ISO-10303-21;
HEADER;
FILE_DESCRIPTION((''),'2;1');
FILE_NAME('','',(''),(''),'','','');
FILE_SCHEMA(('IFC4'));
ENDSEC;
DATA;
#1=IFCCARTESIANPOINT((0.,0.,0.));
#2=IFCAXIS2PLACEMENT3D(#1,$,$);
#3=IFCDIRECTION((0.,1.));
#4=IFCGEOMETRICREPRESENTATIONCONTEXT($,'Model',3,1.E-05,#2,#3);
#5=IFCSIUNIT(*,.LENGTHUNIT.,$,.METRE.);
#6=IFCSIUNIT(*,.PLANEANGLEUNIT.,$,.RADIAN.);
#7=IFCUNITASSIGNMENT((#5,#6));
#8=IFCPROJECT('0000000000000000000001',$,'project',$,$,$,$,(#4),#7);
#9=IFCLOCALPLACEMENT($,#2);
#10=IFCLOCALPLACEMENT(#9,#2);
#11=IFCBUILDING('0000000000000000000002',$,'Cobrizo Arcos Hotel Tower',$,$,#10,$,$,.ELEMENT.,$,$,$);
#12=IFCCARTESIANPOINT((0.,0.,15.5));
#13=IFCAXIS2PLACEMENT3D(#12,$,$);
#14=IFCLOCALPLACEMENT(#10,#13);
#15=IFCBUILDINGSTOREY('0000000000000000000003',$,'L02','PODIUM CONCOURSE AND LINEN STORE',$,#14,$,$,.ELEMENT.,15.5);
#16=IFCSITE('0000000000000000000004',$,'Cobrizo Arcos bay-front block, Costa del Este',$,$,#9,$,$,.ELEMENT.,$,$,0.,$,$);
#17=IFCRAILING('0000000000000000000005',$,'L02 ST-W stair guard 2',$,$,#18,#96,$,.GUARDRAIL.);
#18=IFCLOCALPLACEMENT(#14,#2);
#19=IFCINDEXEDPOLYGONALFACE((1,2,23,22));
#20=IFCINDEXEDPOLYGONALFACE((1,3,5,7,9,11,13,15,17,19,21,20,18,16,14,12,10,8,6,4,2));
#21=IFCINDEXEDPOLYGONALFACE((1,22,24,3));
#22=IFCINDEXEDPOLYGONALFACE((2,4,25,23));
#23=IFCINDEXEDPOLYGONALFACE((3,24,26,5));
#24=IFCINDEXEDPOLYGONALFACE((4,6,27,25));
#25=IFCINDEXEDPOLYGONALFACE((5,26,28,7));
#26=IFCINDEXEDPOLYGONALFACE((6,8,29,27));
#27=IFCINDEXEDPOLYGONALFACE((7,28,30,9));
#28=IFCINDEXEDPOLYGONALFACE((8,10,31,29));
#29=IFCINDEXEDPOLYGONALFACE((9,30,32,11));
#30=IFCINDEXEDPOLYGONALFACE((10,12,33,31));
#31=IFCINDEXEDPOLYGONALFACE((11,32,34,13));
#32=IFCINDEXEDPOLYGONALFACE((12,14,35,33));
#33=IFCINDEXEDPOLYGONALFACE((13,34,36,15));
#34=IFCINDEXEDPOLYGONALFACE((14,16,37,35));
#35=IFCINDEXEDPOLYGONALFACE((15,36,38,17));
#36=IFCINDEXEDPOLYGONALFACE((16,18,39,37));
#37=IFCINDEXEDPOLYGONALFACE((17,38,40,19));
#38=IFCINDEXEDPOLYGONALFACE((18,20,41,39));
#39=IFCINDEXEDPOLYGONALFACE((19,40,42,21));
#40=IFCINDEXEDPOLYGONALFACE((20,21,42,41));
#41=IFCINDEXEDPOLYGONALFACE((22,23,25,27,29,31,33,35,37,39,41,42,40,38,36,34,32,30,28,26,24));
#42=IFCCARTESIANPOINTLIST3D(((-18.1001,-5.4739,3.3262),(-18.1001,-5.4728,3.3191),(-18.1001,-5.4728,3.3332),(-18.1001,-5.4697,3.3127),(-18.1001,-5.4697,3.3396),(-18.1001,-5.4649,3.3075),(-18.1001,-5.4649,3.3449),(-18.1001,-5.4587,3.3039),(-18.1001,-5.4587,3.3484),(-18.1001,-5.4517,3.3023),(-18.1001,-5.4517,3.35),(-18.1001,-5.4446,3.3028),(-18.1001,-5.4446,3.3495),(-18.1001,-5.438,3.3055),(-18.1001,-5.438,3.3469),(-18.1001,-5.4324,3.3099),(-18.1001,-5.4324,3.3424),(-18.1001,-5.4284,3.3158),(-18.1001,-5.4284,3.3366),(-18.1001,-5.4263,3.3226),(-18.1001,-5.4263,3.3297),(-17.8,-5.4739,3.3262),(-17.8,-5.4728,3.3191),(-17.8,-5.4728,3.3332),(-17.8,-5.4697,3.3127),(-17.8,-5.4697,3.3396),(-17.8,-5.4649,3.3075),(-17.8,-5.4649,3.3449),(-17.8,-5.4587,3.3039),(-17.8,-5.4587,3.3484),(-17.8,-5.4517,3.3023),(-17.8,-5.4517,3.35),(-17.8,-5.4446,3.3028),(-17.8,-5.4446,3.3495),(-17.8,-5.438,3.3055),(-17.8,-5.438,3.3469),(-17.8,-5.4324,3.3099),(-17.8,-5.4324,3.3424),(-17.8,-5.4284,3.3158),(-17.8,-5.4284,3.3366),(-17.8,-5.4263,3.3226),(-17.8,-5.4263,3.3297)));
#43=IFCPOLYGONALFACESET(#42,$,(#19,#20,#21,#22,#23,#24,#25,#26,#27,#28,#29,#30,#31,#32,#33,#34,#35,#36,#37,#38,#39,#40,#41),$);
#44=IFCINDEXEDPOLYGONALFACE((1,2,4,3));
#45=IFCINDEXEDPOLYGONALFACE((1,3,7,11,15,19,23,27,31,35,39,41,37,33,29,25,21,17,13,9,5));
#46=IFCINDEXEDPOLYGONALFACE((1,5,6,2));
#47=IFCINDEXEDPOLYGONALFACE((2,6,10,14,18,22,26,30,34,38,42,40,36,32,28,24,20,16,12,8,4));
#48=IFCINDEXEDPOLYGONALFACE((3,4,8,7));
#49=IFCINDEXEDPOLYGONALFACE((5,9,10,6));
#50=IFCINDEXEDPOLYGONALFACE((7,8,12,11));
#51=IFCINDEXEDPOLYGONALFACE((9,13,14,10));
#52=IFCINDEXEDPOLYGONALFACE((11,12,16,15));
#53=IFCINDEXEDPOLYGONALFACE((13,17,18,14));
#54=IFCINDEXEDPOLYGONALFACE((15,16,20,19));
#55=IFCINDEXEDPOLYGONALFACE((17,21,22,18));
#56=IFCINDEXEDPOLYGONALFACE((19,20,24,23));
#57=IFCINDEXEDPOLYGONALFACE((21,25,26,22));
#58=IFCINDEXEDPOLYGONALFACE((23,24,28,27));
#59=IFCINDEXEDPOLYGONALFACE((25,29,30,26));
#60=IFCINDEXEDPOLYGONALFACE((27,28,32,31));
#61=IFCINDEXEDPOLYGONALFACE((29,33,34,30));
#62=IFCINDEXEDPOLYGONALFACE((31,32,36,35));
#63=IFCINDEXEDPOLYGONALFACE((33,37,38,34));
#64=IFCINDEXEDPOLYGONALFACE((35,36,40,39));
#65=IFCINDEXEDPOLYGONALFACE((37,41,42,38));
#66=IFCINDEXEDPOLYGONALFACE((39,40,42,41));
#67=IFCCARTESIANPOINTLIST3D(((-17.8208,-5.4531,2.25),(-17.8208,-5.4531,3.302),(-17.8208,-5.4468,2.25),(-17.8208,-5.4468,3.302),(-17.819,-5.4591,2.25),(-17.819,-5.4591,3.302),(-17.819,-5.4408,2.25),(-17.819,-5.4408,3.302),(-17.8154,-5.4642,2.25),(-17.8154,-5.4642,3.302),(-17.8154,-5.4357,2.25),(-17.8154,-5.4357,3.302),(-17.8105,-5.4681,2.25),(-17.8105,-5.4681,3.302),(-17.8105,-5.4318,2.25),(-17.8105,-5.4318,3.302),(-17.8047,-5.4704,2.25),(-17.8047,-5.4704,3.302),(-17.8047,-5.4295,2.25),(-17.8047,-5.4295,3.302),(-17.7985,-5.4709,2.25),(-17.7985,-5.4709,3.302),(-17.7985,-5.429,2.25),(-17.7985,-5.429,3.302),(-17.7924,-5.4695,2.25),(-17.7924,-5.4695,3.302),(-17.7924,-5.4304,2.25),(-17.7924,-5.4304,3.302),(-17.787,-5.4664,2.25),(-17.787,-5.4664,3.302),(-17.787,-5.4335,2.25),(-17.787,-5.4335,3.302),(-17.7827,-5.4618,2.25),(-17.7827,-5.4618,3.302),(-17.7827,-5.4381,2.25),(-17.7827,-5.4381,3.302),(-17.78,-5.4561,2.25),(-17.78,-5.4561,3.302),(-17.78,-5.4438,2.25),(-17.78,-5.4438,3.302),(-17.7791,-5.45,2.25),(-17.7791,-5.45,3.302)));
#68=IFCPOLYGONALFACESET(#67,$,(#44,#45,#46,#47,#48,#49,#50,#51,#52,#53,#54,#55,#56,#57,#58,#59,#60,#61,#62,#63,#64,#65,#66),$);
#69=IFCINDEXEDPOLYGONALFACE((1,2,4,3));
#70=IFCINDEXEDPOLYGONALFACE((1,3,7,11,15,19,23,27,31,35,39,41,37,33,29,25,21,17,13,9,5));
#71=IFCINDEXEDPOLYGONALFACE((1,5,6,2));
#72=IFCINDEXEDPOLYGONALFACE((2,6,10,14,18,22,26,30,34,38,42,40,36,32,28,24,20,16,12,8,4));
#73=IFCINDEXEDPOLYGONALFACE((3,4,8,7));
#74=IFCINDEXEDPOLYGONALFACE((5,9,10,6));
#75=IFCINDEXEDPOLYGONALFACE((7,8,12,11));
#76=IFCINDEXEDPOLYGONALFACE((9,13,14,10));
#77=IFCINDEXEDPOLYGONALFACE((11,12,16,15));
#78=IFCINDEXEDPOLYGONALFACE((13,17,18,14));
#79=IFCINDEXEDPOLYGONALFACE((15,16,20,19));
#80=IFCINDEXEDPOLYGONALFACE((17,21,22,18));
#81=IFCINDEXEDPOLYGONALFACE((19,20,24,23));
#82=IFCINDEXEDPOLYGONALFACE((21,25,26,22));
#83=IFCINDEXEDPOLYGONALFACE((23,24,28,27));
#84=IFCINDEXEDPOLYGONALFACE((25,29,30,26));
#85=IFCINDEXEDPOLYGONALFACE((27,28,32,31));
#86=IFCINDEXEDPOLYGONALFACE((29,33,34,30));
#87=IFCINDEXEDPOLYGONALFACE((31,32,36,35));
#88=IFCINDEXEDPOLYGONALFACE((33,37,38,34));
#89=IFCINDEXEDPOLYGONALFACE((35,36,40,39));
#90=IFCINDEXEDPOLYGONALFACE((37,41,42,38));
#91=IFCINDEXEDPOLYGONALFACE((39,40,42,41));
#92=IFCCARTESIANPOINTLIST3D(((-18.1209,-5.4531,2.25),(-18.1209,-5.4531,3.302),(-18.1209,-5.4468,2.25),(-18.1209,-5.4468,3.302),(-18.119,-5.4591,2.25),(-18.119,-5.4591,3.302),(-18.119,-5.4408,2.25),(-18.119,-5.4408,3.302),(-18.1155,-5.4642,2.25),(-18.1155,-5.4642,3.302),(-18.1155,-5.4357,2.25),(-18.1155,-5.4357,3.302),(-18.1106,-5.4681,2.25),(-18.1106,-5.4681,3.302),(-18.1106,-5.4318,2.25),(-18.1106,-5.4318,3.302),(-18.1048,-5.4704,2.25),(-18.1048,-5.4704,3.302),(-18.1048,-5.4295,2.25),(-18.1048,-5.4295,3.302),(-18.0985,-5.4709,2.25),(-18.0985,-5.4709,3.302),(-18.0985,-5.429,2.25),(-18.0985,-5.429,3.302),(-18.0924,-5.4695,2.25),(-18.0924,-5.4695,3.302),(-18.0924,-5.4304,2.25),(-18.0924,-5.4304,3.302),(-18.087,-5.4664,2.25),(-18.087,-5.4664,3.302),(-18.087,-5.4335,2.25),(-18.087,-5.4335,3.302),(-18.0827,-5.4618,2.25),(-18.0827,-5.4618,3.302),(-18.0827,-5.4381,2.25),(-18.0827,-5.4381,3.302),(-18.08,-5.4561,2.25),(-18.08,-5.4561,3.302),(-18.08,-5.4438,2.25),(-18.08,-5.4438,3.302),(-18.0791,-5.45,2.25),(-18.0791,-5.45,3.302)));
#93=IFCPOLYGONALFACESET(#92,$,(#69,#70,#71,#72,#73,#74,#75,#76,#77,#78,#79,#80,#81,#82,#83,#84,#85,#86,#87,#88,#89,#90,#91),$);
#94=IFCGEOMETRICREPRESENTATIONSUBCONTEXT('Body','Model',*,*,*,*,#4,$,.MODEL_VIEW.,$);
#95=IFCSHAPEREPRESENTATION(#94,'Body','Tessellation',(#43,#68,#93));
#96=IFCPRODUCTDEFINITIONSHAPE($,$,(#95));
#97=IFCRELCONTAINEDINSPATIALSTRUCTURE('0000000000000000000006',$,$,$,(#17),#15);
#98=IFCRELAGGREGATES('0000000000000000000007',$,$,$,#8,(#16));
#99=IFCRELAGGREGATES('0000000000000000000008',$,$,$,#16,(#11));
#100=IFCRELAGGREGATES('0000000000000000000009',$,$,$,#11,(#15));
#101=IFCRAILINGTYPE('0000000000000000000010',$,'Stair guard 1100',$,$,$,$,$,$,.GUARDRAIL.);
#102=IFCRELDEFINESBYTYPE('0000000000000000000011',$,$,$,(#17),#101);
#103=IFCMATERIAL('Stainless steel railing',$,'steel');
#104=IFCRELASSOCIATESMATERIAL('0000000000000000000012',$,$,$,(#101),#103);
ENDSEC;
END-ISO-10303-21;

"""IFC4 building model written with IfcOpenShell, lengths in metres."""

from ifc_helpers import new_model, si_unit, direction, frame, origin, origin_2d, place, context, subcontext, project, spatial, circle, extrude, material, type_object, element, save


model = new_model("IFC4")

# Units and contexts
model_context = context("Model", 3, precision=1e-05, world=origin(), true_north=direction((0.0, 1.0)))
body_context = subcontext(model_context, "Body", "Model", "MODEL_VIEW")
ifc_project = project(units=[si_unit("LENGTHUNIT", "METRE"), si_unit("PLANEANGLEUNIT", "RADIAN")], contexts=[model_context])

# Site, building, storey
site_placement = place(None, origin())
site = spatial("IfcSite", under=ifc_project, at=site_placement, Name="Cobrizo Arcos bay-front block, Costa del Este", CompositionType="ELEMENT", RefElevation=0.0)
building_placement = place(site_placement, origin())
building = spatial("IfcBuilding", under=site, at=building_placement, Name="Cobrizo Arcos Hotel Tower", CompositionType="ELEMENT")
storey_placement = place(building_placement, frame((0.0, 0.0, 15.5)))
storey = spatial("IfcBuildingStorey", under=building, at=storey_placement, Name="L02", Description="PODIUM CONCOURSE AND LINEN STORE", CompositionType="ELEMENT", Elevation=15.5)

# Railing
ifc_material_1 = material(Name="Stainless steel railing", Category="steel")
railing_type_1 = type_object("IfcRailingType", Name="Stair guard 1100", PredefinedType="GUARDRAIL", material=ifc_material_1)
railing_1_placement = place(storey_placement, frame((-17.8, -5.45, 2.25)))
element("IfcRailing", 1, at=railing_1_placement, inside=storey, type_object=railing_type_1, Name="L02 ST-W stair guard 2", PredefinedType="GUARDRAIL", context=body_context, shape_type="SweptSolid", body=[
    extrude(circle(Radius=0.0239, at=origin_2d()), frame((0.0, 0.0, 1.0762), z_axis=(-1.0, 0.0, 0.0), x_axis=(0.0, -1.0, 0.0)), (0.0, 0.0, 1.0), 0.3),
    extrude(circle(Radius=0.021, at=origin_2d()), origin(), (0.0, 0.0, 1.0), 1.052),
    extrude(circle(Radius=0.021, at=origin_2d()), frame((-0.3, 0.0, 0.0)), (0.0, 0.0, 1.0), 1.052),
])

save(model, "model.ifc")
